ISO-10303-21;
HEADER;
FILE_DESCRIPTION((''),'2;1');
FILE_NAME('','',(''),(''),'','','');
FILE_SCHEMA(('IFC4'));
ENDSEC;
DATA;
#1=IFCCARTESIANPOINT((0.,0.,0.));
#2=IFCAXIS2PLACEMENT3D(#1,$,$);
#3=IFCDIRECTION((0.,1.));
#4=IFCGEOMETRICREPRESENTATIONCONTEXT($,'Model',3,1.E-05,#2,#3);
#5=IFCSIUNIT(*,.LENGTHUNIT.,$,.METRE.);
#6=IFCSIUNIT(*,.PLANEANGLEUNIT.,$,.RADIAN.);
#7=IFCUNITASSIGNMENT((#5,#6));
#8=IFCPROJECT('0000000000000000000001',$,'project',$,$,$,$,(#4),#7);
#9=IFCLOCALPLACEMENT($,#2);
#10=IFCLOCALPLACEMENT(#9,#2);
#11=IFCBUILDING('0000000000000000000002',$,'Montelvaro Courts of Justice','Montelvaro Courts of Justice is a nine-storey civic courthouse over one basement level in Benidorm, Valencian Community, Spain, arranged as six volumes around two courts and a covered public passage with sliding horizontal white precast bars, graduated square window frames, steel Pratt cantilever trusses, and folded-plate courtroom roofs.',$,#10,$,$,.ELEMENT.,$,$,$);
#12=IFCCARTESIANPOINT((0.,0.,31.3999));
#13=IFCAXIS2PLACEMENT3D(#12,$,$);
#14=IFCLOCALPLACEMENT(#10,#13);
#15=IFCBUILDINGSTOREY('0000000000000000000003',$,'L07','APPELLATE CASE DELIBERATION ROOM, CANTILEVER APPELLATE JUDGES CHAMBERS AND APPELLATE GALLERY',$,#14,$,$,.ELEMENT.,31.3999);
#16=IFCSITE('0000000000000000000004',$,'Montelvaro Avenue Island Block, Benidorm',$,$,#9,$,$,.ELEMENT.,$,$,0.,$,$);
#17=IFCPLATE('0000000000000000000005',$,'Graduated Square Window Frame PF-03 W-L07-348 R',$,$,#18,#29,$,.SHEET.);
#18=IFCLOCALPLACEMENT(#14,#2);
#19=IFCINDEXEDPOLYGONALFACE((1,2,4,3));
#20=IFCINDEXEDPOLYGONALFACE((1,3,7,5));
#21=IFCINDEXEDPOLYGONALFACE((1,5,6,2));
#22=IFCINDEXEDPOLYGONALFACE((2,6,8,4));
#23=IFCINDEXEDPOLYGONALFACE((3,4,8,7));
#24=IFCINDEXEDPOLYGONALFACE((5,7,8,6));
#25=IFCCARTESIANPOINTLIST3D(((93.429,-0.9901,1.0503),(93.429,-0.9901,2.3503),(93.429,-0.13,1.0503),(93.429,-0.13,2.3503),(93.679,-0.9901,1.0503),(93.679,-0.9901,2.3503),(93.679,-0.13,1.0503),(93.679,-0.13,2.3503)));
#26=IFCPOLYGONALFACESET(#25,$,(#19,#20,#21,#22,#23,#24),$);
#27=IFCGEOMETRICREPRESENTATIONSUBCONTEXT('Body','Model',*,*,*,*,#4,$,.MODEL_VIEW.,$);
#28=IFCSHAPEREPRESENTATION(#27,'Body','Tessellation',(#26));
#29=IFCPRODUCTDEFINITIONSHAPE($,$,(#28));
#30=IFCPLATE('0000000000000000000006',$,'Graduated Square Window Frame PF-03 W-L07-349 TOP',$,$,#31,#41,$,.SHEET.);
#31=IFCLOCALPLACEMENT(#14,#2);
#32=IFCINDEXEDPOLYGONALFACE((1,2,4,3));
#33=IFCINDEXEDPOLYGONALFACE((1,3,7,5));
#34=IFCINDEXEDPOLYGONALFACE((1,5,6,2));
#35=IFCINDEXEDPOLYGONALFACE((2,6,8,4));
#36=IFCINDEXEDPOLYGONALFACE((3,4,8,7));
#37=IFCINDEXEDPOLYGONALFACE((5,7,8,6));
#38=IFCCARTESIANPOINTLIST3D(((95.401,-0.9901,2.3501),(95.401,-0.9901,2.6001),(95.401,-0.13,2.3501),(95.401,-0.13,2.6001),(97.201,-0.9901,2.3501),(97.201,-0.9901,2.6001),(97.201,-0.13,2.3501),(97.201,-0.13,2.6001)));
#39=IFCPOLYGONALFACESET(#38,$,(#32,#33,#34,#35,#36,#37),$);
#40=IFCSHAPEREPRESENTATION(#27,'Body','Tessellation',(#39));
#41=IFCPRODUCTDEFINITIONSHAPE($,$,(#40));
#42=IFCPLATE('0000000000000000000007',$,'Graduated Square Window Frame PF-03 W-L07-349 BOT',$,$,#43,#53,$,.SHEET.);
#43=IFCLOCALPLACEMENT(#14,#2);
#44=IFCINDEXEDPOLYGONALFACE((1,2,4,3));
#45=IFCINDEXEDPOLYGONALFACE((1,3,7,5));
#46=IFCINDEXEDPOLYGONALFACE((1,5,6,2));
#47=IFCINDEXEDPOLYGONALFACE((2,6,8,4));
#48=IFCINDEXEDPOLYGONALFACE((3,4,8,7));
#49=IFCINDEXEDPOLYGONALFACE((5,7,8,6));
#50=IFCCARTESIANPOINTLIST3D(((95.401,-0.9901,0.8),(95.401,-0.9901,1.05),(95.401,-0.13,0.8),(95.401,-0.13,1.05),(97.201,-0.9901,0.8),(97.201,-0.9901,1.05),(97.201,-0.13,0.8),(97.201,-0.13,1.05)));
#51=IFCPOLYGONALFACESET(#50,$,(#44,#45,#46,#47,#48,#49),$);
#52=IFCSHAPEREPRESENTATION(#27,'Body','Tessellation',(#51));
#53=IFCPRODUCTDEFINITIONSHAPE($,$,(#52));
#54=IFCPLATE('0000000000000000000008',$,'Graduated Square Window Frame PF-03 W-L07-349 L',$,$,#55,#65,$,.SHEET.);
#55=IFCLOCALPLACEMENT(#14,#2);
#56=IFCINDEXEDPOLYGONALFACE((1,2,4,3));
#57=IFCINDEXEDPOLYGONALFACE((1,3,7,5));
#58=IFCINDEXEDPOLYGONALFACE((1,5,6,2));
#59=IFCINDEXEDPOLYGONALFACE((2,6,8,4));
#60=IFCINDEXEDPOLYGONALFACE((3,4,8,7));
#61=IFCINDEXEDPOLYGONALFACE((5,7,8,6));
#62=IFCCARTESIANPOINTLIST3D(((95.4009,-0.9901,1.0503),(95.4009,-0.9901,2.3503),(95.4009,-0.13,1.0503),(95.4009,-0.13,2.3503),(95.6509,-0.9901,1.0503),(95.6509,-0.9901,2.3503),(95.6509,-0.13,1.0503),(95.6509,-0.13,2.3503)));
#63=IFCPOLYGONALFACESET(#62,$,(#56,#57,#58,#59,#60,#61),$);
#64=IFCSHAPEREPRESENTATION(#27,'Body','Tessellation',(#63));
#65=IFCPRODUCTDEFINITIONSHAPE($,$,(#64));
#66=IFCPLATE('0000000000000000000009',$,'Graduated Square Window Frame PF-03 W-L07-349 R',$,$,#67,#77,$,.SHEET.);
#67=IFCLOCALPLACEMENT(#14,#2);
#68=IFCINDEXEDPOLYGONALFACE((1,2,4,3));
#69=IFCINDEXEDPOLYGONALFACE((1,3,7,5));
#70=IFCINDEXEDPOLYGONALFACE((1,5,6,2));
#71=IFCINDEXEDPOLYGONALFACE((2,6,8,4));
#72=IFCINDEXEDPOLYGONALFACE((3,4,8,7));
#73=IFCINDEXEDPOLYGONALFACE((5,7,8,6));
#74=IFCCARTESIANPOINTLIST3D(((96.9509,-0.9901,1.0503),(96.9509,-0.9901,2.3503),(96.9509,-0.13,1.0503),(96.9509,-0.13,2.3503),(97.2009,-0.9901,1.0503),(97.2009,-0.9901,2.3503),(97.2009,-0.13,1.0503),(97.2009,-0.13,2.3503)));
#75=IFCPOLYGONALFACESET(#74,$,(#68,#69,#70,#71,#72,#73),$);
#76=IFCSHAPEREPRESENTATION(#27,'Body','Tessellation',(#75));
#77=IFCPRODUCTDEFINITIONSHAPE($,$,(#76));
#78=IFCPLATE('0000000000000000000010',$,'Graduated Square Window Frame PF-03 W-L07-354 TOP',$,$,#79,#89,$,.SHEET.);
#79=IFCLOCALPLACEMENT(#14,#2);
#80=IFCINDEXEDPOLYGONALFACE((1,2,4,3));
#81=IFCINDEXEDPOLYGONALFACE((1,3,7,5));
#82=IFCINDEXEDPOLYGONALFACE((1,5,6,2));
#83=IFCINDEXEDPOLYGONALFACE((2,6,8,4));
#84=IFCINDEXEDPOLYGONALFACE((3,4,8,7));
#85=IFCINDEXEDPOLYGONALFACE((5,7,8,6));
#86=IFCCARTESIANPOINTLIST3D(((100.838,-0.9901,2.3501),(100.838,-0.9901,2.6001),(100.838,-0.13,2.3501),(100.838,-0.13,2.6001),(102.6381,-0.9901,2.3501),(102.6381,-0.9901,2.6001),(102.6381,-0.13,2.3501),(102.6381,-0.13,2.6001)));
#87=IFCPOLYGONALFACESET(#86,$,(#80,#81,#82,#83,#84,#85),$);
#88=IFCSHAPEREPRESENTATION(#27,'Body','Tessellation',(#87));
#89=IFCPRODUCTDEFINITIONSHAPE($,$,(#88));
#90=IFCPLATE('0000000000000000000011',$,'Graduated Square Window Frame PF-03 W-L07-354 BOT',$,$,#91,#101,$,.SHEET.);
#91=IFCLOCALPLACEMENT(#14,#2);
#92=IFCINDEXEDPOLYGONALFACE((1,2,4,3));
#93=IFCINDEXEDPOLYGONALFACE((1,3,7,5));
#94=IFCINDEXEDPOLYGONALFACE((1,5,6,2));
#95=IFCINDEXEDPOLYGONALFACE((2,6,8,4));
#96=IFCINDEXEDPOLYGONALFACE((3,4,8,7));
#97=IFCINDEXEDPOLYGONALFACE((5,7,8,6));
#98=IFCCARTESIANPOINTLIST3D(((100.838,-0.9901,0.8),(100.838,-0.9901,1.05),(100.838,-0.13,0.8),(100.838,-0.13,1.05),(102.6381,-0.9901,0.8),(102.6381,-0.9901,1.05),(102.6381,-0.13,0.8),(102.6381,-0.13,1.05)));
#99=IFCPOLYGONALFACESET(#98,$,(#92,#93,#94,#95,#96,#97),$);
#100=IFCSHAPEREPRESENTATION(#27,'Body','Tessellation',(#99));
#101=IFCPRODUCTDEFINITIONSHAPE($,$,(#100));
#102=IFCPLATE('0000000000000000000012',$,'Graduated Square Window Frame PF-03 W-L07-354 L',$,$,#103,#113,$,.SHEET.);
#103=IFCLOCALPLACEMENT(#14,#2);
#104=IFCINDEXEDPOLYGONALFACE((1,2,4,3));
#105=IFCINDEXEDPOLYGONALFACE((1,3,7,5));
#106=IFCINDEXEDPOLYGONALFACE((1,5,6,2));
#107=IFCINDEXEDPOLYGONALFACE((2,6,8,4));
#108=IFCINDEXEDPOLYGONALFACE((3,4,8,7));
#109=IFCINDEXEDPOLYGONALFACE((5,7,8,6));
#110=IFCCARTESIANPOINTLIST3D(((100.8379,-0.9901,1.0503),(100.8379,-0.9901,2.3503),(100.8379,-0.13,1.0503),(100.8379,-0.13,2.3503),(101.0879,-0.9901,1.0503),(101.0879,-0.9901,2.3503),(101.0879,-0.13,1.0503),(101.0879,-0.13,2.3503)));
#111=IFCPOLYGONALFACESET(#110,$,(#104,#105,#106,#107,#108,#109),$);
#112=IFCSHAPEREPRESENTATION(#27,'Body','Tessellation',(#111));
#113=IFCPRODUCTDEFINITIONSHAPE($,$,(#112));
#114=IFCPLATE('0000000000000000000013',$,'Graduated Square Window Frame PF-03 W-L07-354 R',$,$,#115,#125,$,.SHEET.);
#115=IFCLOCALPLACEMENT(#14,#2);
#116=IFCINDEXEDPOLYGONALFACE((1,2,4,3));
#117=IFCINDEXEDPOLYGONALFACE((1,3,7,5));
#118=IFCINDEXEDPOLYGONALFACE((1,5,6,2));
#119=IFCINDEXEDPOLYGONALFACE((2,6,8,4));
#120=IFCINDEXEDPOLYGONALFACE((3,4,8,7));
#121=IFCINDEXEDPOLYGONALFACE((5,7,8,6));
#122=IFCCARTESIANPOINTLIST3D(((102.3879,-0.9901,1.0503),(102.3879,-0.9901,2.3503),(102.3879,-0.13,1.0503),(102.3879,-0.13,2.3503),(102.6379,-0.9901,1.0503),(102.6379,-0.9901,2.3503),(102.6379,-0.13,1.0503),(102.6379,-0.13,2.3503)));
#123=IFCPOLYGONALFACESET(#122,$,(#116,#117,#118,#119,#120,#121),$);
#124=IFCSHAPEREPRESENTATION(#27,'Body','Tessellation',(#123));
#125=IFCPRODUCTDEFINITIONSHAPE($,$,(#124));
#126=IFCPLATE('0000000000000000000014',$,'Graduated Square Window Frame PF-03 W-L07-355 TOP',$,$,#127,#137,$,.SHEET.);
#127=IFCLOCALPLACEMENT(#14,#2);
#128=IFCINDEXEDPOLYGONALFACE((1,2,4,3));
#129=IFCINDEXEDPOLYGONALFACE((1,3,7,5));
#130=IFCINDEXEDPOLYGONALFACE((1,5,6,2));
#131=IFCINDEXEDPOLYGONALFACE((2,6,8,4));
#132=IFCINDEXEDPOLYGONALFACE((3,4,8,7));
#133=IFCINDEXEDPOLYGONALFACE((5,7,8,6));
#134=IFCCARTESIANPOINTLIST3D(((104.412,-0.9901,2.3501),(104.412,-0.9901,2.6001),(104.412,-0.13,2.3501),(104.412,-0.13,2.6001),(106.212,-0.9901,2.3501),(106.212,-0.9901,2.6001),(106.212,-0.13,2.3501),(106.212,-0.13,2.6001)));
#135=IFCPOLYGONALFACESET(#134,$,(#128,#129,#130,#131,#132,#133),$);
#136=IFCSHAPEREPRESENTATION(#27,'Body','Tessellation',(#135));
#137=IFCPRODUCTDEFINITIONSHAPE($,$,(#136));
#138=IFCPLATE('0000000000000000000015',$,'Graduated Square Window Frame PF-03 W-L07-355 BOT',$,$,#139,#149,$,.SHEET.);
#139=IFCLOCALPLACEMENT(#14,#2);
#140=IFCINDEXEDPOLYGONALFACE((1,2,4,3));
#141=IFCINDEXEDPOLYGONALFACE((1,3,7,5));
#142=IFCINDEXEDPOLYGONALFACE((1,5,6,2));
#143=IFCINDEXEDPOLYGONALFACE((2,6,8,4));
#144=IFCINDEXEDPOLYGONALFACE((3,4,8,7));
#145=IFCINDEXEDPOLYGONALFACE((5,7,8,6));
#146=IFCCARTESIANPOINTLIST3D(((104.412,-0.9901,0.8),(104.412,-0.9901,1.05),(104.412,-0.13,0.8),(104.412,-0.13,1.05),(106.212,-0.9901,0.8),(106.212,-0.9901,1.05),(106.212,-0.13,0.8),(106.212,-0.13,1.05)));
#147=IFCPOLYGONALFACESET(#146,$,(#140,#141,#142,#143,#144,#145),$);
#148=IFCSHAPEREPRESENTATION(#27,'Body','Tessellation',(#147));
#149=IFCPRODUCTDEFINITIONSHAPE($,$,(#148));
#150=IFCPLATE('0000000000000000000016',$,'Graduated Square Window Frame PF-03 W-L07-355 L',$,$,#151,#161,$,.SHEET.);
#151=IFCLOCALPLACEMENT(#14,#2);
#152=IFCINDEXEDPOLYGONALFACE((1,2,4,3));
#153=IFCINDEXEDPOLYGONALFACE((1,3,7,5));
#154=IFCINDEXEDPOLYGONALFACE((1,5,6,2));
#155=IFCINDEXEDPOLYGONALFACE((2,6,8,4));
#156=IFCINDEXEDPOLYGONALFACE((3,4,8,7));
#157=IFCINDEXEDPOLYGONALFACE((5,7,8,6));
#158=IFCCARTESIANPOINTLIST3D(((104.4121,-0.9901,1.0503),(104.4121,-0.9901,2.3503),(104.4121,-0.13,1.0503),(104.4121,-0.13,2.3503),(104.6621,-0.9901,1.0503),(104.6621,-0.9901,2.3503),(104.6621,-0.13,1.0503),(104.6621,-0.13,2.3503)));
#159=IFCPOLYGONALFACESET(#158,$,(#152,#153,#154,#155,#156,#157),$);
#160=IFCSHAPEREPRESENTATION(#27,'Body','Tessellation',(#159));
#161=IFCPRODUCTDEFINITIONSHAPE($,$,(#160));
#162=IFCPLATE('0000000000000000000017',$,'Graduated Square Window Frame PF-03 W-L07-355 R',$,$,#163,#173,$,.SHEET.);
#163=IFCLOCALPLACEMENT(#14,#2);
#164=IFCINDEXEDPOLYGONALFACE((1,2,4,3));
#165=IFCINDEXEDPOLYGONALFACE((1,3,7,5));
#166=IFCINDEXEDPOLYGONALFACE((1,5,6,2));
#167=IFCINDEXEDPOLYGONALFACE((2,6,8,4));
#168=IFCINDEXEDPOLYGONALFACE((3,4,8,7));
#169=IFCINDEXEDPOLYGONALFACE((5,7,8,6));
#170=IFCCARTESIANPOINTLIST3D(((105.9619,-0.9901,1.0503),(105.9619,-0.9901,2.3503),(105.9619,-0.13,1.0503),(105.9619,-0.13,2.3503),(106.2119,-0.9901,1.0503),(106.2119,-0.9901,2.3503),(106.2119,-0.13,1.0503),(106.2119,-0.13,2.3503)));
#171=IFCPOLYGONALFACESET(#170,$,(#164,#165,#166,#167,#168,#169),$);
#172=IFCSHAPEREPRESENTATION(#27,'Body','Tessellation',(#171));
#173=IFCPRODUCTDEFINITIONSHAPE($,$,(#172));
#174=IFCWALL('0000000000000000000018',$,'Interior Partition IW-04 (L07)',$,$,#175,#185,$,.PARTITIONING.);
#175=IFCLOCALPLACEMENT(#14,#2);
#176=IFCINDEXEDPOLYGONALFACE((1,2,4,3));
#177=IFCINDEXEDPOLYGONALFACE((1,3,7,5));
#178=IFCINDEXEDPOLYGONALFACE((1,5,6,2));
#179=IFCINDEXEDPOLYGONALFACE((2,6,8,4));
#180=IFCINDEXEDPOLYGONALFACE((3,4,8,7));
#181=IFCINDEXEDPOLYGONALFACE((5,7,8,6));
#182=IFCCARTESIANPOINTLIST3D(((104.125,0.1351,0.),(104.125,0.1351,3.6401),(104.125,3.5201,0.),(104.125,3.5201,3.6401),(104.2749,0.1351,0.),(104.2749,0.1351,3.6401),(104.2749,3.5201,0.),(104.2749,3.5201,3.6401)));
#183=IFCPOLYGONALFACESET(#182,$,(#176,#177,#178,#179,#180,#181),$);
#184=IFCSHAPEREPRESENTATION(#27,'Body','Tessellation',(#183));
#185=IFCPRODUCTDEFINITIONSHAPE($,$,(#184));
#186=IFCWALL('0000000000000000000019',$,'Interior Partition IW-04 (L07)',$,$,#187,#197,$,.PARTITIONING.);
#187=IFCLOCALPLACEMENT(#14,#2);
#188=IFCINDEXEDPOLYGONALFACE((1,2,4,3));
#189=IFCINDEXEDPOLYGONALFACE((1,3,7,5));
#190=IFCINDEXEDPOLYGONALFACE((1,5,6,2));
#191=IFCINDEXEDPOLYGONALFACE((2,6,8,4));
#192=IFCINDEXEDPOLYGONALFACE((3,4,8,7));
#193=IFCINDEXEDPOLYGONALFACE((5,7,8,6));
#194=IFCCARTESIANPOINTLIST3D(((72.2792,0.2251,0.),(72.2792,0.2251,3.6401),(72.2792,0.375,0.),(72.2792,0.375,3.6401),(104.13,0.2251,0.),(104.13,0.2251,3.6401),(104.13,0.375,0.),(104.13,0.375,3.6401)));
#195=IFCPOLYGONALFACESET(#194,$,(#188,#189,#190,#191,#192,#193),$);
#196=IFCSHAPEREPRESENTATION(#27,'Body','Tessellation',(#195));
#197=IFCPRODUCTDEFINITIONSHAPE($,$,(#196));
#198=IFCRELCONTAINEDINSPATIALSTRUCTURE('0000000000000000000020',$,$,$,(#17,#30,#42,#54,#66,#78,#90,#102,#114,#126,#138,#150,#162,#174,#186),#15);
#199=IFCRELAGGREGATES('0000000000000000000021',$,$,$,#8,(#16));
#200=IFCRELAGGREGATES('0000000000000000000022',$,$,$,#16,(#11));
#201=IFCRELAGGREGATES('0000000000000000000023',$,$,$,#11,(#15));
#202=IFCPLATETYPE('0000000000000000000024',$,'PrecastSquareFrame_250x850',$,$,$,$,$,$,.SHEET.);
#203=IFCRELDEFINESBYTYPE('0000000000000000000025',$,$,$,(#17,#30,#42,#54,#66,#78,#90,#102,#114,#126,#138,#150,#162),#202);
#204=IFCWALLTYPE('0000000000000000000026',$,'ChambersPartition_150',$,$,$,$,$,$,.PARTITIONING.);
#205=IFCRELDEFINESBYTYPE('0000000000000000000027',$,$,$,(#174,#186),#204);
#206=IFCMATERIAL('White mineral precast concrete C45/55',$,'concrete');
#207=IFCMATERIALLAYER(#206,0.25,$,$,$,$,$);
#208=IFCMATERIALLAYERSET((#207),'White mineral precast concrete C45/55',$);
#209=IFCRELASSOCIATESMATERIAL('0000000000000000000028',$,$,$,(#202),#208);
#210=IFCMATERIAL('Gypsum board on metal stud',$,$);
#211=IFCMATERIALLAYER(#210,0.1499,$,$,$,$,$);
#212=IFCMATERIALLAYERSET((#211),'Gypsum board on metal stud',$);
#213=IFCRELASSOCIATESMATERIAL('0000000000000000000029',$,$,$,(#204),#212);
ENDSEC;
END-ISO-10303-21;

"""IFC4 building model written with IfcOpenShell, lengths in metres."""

from ifc_helpers import new_model, si_unit, direction, frame, frame_2d, origin, origin_2d, place, context, subcontext, project, spatial, rectangle, extrude, material, layer, layer_set, type_object, element, save


model = new_model("IFC4")

# Units and contexts
model_context = context("Model", 3, precision=1e-05, world=origin(), true_north=direction((0.0, 1.0)))
body_context = subcontext(model_context, "Body", "Model", "MODEL_VIEW")
ifc_project = project(units=[si_unit("LENGTHUNIT", "METRE"), si_unit("PLANEANGLEUNIT", "RADIAN")], contexts=[model_context])

# Site, building, storey
site_placement = place(None, origin())
site = spatial("IfcSite", under=ifc_project, at=site_placement, Name="Montelvaro Avenue Island Block, Benidorm", CompositionType="ELEMENT", RefElevation=0.0)
building_placement = place(site_placement, origin())
building = spatial("IfcBuilding", under=site, at=building_placement, Name="Montelvaro Courts of Justice", Description="Montelvaro Courts of Justice is a nine-storey civic courthouse over one basement level in Benidorm, Valencian Community, Spain, arranged as six volumes around two courts and a covered public passage with sliding horizontal white precast bars, graduated square window frames, steel Pratt cantilever trusses, and folded-plate courtroom roofs.", CompositionType="ELEMENT")
storey_placement = place(building_placement, frame((0.0, 0.0, 31.3999)))
storey = spatial("IfcBuildingStorey", under=building, at=storey_placement, Name="L07", Description="APPELLATE CASE DELIBERATION ROOM, CANTILEVER APPELLATE JUDGES CHAMBERS AND APPELLATE GALLERY", CompositionType="ELEMENT", Elevation=31.3999)

# Plates
ifc_material_1 = material(Name="White mineral precast concrete C45/55", Category="concrete")
ifc_layer_1 = layer(ifc_material_1, 0.25)
ifc_layer_set_1 = layer_set([ifc_layer_1], Name="White mineral precast concrete C45/55")
plate_type = type_object("IfcPlateType", Name="PrecastSquareFrame_250x850", PredefinedType="SHEET", material=ifc_layer_set_1)
plate_placement = place(storey_placement, frame((93.554, -0.5601, 1.0503), z_axis=(0.0, 0.0, 1.0), x_axis=(1.0, 0.0, 0.0)))
element("IfcPlate", 1, at=plate_placement, inside=storey, type_object=plate_type, Name="Graduated Square Window Frame PF-03 W-L07-348 R", PredefinedType="SHEET", context=body_context, shape_type="SweptSolid", body=[
    extrude(rectangle(XDim=0.25, YDim=0.8601, at=origin_2d()), origin(), (0.0, 0.0, 1.0), 1.3),
])
for number, where, z_axis, x_axis, name in (
    (2, (96.301, -0.5601, 2.3501), (0.0, 0.0, 1.0), (1.0, 0.0, 0.0), "Graduated Square Window Frame PF-03 W-L07-349 TOP"),
    (3, (96.301, -0.5601, 0.8), (0.0, 0.0, 1.0), (1.0, 0.0, 0.0), "Graduated Square Window Frame PF-03 W-L07-349 BOT"),
):
    element("IfcPlate", number, at=place(storey_placement, frame(where, z_axis=z_axis, x_axis=x_axis)), inside=storey, type_object=plate_type, Name=name, PredefinedType="SHEET", context=body_context, shape_type="SweptSolid", body=[
        extrude(rectangle(XDim=1.8, YDim=0.8601, at=origin_2d()), origin(), (0.0, 0.0, 1.0), 0.25),
    ])
for number, where, z_axis, x_axis, name in (
    (4, (95.5259, -0.5601, 1.0503), (0.0, 0.0, 1.0), (1.0, 0.0, 0.0), "Graduated Square Window Frame PF-03 W-L07-349 L"),
    (5, (97.0759, -0.5601, 1.0503), (0.0, 0.0, 1.0), (1.0, 0.0, 0.0), "Graduated Square Window Frame PF-03 W-L07-349 R"),
):
    element("IfcPlate", number, at=place(storey_placement, frame(where, z_axis=z_axis, x_axis=x_axis)), inside=storey, type_object=plate_type, Name=name, PredefinedType="SHEET", context=body_context, shape_type="SweptSolid", body=[
        extrude(rectangle(XDim=0.25, YDim=0.8601, at=origin_2d()), origin(), (0.0, 0.0, 1.0), 1.3),
    ])
for number, where, z_axis, x_axis, name in (
    (6, (101.738, -0.5601, 2.3501), (0.0, 0.0, 1.0), (1.0, 0.0, 0.0), "Graduated Square Window Frame PF-03 W-L07-354 TOP"),
    (7, (101.738, -0.5601, 0.8), (0.0, 0.0, 1.0), (1.0, 0.0, 0.0), "Graduated Square Window Frame PF-03 W-L07-354 BOT"),
):
    element("IfcPlate", number, at=place(storey_placement, frame(where, z_axis=z_axis, x_axis=x_axis)), inside=storey, type_object=plate_type, Name=name, PredefinedType="SHEET", context=body_context, shape_type="SweptSolid", body=[
        extrude(rectangle(XDim=1.8, YDim=0.8601, at=origin_2d()), origin(), (0.0, 0.0, 1.0), 0.25),
    ])
for number, where, z_axis, x_axis, name in (
    (8, (100.9629, -0.5601, 1.0503), (0.0, 0.0, 1.0), (1.0, 0.0, 0.0), "Graduated Square Window Frame PF-03 W-L07-354 L"),
    (9, (102.5129, -0.5601, 1.0503), (0.0, 0.0, 1.0), (1.0, 0.0, 0.0), "Graduated Square Window Frame PF-03 W-L07-354 R"),
):
    element("IfcPlate", number, at=place(storey_placement, frame(where, z_axis=z_axis, x_axis=x_axis)), inside=storey, type_object=plate_type, Name=name, PredefinedType="SHEET", context=body_context, shape_type="SweptSolid", body=[
        extrude(rectangle(XDim=0.25, YDim=0.8601, at=origin_2d()), origin(), (0.0, 0.0, 1.0), 1.3),
    ])
for number, where, z_axis, x_axis, name in (
    (10, (105.312, -0.5601, 2.3501), (0.0, 0.0, 1.0), (1.0, 0.0, 0.0), "Graduated Square Window Frame PF-03 W-L07-355 TOP"),
    (11, (105.312, -0.5601, 0.8), (0.0, 0.0, 1.0), (1.0, 0.0, 0.0), "Graduated Square Window Frame PF-03 W-L07-355 BOT"),
):
    element("IfcPlate", number, at=place(storey_placement, frame(where, z_axis=z_axis, x_axis=x_axis)), inside=storey, type_object=plate_type, Name=name, PredefinedType="SHEET", context=body_context, shape_type="SweptSolid", body=[
        extrude(rectangle(XDim=1.8, YDim=0.8601, at=origin_2d()), origin(), (0.0, 0.0, 1.0), 0.25),
    ])
for number, where, z_axis, x_axis, name in (
    (12, (104.5371, -0.5601, 1.0503), (0.0, 0.0, 1.0), (1.0, 0.0, 0.0), "Graduated Square Window Frame PF-03 W-L07-355 L"),
    (13, (106.0869, -0.5601, 1.0503), (0.0, 0.0, 1.0), (1.0, 0.0, 0.0), "Graduated Square Window Frame PF-03 W-L07-355 R"),
):
    element("IfcPlate", number, at=place(storey_placement, frame(where, z_axis=z_axis, x_axis=x_axis)), inside=storey, type_object=plate_type, Name=name, PredefinedType="SHEET", context=body_context, shape_type="SweptSolid", body=[
        extrude(rectangle(XDim=0.25, YDim=0.8601, at=origin_2d()), origin(), (0.0, 0.0, 1.0), 1.3),
    ])

# Walls
ifc_material_2 = material(Name="Gypsum board on metal stud")
ifc_layer_2 = layer(ifc_material_2, 0.1499)
ifc_layer_set_2 = layer_set([ifc_layer_2], Name="Gypsum board on metal stud")
wall_type_1 = type_object("IfcWallType", Name="ChambersPartition_150", PredefinedType="PARTITIONING", material=ifc_layer_set_2)
wall_1_placement = place(storey_placement, frame((104.2, 3.52, 0.0), z_axis=(0.0, 0.0, 1.0), x_axis=(0.0, -1.0, 0.0)))
element("IfcWall", 14, at=wall_1_placement, inside=storey, type_object=wall_type_1, Name="Interior Partition IW-04 (L07)", PredefinedType="PARTITIONING", context=body_context, shape_type="SweptSolid", body=[
    extrude(rectangle(XDim=3.385, YDim=0.1499, at=frame_2d((1.6924, 0.0))), origin(), (0.0, 0.0, 1.0), 3.6401),
])
wall_2_placement = place(storey_placement, frame((104.1299, 0.3, 0.0), z_axis=(0.0, 0.0, 1.0), x_axis=(-1.0, 0.0, 0.0)))
element("IfcWall", 15, at=wall_2_placement, inside=storey, type_object=wall_type_1, Name="Interior Partition IW-04 (L07)", PredefinedType="PARTITIONING", context=body_context, shape_type="SweptSolid", body=[
    extrude(rectangle(XDim=31.8508, YDim=0.1499, at=frame_2d((15.9253, 0.0))), origin(), (0.0, 0.0, 1.0), 3.6401),
])

save(model, "model.ifc")
